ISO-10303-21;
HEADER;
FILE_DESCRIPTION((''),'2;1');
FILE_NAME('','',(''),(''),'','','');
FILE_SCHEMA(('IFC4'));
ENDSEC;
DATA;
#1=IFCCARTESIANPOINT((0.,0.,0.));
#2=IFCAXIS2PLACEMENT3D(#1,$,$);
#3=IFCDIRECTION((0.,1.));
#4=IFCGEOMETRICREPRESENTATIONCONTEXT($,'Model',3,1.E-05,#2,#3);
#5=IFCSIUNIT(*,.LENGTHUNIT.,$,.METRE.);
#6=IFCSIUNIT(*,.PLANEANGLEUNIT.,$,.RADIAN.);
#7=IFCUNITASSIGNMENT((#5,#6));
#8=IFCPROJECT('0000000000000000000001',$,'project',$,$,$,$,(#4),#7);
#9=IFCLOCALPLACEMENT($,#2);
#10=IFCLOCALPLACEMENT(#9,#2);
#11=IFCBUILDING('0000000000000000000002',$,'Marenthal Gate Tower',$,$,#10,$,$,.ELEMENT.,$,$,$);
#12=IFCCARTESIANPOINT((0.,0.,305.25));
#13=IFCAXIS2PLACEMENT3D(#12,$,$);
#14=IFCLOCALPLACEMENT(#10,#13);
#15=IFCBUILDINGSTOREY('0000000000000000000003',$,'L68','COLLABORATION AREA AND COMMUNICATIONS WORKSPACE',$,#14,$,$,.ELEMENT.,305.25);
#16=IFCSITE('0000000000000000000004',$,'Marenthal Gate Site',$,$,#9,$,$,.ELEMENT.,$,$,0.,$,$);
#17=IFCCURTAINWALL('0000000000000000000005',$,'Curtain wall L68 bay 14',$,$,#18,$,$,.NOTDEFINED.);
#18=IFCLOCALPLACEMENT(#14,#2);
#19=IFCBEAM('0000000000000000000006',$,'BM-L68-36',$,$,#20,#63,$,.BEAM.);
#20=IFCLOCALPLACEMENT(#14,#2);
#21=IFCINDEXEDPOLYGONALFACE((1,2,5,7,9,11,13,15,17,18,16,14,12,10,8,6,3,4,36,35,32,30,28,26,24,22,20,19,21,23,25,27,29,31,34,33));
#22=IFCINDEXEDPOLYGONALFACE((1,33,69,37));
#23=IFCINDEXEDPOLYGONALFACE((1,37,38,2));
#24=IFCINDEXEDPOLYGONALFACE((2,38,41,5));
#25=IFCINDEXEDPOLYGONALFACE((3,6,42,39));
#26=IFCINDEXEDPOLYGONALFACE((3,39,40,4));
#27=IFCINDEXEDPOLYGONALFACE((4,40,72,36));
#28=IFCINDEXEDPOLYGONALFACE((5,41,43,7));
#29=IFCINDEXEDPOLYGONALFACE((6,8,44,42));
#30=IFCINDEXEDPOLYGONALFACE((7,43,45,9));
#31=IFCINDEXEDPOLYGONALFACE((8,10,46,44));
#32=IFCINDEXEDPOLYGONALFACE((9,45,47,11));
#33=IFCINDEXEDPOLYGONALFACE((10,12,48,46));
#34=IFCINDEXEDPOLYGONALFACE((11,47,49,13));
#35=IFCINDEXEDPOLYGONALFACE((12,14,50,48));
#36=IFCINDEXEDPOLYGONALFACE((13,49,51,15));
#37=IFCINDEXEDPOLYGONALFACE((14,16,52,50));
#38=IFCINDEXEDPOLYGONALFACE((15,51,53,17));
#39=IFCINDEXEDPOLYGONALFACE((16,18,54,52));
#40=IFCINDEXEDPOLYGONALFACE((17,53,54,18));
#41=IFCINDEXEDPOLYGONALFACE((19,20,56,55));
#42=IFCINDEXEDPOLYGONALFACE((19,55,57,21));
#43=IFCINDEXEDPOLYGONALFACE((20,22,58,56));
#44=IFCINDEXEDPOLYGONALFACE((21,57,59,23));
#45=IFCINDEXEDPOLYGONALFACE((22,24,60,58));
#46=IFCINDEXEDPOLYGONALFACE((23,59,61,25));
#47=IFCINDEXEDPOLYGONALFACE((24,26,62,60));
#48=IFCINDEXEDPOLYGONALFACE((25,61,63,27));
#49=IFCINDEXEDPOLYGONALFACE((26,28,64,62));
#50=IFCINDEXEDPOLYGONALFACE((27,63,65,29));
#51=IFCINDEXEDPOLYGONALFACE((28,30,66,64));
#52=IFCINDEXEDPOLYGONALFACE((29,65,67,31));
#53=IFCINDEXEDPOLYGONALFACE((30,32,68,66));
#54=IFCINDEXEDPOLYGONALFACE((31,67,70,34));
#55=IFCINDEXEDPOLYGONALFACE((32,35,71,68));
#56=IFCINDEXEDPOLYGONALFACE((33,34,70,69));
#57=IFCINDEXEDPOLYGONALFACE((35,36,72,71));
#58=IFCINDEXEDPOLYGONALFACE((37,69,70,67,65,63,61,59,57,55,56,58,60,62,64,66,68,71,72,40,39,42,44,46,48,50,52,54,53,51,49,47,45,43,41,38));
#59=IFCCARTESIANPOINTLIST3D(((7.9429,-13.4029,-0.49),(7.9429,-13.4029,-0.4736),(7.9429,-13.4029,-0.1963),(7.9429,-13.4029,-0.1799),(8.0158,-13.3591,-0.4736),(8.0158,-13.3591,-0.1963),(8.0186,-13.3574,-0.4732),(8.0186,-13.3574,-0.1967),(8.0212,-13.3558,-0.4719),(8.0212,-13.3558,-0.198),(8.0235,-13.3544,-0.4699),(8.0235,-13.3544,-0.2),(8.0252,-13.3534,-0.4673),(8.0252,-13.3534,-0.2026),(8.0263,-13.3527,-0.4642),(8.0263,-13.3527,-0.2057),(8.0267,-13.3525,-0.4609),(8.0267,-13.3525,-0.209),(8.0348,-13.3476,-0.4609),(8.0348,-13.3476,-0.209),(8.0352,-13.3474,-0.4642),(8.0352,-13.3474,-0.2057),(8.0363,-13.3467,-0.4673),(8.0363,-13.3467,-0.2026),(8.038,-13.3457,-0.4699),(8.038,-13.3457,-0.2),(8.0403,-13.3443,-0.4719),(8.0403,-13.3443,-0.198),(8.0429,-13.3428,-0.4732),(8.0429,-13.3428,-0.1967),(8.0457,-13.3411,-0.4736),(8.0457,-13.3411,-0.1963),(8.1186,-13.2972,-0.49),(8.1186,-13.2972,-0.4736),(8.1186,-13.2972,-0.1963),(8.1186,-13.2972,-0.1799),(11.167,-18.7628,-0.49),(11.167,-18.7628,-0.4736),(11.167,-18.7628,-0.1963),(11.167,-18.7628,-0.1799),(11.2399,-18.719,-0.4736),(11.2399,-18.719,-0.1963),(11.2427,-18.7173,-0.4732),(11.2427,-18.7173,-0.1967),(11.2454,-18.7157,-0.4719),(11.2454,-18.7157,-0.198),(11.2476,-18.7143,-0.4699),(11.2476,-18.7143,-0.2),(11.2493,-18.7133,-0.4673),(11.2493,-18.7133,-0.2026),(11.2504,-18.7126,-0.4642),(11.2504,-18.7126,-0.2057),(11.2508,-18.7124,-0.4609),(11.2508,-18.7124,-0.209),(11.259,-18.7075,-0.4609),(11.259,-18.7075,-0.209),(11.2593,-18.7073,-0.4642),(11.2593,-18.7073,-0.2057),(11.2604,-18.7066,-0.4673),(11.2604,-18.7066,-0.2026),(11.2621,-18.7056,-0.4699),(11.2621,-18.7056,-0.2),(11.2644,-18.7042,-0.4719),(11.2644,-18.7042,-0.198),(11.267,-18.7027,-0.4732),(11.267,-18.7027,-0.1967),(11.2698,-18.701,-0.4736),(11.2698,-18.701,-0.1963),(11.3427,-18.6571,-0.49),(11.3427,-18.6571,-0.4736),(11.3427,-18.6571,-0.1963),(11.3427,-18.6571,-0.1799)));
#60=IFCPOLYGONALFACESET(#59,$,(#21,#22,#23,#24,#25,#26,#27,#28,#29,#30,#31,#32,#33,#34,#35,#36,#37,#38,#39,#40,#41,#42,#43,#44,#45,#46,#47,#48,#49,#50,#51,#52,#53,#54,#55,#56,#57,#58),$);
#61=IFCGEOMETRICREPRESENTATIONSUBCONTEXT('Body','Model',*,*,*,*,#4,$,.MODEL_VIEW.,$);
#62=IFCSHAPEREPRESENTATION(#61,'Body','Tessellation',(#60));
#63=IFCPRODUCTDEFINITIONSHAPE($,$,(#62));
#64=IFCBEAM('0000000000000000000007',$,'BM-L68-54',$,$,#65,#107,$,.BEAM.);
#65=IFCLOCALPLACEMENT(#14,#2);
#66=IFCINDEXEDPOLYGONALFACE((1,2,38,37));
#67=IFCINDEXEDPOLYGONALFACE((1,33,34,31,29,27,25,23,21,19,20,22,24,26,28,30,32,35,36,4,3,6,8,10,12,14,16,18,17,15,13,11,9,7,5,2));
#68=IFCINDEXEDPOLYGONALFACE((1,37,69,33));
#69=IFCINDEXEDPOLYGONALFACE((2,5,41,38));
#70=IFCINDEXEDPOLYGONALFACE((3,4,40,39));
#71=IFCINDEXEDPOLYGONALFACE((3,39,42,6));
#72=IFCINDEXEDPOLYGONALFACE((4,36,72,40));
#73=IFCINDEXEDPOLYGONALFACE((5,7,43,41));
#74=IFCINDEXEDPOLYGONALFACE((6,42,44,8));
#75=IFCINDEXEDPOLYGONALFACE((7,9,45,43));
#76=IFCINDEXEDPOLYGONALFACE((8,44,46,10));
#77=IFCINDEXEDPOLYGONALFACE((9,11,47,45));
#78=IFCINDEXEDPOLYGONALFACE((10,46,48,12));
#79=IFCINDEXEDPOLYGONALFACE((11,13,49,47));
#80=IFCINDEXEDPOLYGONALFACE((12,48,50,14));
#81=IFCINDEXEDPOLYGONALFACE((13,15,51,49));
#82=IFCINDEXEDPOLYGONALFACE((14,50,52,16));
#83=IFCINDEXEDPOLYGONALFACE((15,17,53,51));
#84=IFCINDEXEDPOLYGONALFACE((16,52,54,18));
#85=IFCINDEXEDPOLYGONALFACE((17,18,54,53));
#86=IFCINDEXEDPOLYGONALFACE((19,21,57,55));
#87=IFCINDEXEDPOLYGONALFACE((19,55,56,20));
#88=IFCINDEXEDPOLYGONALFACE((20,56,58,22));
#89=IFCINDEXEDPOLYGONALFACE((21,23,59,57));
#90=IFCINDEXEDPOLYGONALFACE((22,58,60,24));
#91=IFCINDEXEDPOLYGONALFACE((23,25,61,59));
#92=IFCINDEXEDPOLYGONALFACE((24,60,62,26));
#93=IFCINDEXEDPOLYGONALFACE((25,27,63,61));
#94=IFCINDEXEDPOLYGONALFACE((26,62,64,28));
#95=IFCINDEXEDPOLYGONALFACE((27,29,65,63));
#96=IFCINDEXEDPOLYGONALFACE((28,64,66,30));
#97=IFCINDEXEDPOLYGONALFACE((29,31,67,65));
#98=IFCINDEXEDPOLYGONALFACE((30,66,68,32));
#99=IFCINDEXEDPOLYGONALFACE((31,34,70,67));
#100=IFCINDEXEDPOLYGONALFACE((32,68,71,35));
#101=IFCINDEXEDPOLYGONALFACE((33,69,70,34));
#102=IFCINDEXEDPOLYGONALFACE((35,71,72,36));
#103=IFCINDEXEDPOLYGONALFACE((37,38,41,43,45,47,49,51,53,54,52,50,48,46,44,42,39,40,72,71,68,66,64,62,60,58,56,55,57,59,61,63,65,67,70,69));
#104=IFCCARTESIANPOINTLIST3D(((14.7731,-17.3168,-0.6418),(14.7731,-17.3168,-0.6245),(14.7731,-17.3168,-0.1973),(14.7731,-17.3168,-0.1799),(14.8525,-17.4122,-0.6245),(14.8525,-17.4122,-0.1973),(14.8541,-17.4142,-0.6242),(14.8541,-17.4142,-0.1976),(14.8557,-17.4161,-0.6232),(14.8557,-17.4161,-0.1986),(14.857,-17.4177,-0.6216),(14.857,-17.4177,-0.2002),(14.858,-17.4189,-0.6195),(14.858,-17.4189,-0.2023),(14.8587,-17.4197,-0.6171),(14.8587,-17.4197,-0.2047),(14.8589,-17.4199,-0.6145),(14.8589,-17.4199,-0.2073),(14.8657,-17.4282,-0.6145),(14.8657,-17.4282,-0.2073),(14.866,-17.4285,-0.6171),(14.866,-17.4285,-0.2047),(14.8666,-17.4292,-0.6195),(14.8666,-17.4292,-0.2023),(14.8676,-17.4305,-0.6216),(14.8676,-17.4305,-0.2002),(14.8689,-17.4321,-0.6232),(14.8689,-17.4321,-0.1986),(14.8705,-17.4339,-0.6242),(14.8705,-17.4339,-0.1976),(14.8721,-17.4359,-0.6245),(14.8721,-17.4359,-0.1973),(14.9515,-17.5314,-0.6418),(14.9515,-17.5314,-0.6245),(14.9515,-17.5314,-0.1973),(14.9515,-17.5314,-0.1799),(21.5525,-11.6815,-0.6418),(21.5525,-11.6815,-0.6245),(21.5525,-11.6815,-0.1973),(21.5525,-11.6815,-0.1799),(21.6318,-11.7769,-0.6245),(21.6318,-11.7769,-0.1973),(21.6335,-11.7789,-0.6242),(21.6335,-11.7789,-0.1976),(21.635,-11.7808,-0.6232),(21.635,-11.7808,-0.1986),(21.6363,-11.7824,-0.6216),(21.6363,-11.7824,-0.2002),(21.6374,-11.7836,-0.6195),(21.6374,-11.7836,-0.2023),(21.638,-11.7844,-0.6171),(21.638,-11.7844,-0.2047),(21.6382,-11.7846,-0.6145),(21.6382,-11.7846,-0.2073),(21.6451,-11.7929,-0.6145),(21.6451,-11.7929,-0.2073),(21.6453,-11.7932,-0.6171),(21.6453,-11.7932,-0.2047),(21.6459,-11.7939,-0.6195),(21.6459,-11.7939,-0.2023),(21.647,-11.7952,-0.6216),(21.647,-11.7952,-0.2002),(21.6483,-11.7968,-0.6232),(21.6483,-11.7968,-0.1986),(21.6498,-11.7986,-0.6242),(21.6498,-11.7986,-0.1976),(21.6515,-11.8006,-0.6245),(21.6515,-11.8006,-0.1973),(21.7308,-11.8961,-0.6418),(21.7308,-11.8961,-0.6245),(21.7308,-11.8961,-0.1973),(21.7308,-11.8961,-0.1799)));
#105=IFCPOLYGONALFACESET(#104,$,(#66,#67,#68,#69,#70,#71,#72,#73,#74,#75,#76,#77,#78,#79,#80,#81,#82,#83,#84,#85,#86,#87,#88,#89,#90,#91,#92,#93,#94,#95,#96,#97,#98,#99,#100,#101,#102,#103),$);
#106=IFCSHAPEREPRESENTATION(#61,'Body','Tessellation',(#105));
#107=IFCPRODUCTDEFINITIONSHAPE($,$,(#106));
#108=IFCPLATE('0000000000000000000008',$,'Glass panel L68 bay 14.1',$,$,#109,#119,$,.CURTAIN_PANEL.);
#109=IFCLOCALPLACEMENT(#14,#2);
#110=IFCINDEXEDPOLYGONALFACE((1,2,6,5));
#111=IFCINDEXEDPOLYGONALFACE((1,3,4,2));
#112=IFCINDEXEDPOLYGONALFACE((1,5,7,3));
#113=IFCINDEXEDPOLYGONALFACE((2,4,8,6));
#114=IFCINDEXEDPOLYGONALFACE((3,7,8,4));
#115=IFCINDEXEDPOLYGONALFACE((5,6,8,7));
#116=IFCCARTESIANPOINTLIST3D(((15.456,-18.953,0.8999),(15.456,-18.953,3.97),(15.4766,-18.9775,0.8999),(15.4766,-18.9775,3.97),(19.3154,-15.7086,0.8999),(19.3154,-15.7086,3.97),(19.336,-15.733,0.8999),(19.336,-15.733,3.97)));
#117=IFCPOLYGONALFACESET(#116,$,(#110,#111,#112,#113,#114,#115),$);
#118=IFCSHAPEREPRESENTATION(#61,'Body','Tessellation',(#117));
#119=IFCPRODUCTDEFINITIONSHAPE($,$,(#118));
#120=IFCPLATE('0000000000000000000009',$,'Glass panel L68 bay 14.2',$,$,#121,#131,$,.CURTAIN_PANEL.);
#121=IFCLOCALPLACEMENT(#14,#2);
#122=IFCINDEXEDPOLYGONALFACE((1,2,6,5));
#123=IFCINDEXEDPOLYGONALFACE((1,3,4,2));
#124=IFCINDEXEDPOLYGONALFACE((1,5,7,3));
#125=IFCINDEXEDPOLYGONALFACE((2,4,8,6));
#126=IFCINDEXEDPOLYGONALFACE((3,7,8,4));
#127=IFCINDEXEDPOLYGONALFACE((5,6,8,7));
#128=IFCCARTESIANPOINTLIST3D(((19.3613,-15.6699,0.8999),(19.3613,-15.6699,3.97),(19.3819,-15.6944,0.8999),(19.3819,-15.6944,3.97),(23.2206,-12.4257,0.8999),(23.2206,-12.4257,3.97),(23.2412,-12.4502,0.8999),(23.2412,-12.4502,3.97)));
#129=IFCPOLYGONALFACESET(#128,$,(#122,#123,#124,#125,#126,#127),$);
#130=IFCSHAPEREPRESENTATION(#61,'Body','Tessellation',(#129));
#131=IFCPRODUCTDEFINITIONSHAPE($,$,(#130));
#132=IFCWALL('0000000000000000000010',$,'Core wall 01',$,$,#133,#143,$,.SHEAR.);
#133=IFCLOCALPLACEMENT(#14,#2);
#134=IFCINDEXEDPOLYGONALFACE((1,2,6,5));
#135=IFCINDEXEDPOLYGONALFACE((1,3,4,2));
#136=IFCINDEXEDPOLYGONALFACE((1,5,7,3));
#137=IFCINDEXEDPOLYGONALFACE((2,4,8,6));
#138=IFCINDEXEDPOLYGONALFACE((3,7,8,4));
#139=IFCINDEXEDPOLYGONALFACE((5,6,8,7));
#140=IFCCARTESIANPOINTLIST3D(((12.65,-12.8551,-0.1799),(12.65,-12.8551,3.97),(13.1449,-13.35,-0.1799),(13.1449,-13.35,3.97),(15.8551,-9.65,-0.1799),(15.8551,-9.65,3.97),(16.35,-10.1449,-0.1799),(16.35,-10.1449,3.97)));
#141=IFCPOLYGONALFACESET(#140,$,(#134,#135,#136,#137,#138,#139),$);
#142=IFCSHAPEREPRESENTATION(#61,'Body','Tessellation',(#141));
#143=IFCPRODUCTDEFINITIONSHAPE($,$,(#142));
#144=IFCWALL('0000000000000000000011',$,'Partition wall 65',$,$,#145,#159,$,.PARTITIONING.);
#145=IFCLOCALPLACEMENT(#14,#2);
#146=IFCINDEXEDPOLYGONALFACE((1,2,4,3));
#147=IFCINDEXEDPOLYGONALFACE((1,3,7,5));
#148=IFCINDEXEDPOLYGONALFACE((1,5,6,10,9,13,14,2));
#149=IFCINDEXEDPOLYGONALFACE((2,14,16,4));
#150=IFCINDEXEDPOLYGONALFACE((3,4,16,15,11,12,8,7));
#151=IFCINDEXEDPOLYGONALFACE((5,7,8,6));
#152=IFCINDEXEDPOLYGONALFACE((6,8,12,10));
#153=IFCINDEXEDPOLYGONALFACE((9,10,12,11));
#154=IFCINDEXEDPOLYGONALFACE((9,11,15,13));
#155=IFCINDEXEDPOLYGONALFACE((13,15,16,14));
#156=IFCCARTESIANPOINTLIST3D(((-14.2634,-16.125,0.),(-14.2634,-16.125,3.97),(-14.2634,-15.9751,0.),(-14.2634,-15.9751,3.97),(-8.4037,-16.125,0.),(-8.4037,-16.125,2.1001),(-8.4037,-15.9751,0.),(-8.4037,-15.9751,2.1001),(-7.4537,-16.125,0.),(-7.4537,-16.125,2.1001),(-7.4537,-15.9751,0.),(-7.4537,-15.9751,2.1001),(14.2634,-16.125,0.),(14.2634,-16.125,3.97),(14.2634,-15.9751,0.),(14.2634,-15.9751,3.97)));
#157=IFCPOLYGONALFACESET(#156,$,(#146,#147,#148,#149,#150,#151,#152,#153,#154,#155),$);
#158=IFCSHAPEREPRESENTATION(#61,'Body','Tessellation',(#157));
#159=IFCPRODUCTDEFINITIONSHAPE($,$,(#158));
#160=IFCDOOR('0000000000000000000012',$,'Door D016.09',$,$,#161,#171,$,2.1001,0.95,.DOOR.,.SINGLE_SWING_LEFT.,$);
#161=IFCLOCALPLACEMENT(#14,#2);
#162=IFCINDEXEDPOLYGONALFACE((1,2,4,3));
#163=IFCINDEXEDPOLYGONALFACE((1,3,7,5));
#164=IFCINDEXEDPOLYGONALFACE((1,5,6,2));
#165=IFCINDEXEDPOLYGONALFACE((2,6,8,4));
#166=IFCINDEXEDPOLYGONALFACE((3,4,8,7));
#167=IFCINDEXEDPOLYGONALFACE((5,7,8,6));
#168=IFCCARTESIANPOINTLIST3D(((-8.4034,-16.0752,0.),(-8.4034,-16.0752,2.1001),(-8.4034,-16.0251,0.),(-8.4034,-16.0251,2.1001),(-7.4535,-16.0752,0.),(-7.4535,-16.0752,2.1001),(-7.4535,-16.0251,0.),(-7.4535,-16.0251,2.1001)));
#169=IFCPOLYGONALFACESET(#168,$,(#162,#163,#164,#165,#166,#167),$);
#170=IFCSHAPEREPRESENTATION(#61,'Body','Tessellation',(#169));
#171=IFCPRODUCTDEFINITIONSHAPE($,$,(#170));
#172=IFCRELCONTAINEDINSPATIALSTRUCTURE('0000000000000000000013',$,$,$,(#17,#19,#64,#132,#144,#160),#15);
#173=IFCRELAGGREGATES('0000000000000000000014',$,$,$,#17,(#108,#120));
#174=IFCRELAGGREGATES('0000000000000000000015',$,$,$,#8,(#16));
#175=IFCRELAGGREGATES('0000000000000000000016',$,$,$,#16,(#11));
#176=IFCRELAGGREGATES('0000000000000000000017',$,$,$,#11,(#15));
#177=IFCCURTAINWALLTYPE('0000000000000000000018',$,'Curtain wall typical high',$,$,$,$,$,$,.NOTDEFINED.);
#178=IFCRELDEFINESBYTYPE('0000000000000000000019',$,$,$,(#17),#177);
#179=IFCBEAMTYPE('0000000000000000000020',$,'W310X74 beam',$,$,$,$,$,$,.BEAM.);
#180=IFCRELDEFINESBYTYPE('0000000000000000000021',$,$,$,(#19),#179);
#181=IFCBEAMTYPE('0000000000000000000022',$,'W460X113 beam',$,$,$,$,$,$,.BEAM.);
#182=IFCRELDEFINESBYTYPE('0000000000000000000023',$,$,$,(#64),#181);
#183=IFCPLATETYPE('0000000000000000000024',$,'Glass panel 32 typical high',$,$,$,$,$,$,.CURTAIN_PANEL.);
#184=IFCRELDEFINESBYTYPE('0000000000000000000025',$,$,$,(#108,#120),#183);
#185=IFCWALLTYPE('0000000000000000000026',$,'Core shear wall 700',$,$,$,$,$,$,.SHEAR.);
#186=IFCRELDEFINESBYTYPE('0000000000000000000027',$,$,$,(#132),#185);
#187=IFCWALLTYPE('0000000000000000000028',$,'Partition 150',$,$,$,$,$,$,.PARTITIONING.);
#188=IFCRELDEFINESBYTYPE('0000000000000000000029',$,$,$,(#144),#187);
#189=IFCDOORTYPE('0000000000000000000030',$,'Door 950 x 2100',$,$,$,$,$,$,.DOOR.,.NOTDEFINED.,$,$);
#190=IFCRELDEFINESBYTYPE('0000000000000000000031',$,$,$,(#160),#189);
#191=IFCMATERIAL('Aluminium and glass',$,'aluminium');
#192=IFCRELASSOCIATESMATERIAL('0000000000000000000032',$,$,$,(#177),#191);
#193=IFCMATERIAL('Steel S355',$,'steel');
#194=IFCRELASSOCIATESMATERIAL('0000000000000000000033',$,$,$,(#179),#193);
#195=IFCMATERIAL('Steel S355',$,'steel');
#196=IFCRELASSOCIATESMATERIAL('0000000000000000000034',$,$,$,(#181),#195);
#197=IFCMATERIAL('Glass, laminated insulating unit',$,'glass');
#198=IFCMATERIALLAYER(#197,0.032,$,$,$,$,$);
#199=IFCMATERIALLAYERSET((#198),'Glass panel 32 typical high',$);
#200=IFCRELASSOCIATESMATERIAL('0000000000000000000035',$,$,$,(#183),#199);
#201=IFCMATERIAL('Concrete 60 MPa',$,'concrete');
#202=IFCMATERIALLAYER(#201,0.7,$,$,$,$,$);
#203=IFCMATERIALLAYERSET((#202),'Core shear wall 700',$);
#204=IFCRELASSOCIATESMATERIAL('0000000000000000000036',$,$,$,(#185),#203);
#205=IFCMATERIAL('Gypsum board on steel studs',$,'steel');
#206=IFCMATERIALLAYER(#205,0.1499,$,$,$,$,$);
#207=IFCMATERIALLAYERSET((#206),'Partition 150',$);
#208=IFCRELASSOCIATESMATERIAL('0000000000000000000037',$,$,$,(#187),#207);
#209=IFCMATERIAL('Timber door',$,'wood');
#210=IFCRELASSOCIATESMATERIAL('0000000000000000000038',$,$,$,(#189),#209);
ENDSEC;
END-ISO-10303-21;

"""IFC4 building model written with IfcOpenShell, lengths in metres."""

from ifc_helpers import new_model, si_unit, direction, frame, frame_2d, origin, origin_2d, place, context, subcontext, project, spatial, rectangle, i_section, extrude, material, layer, layer_set, material_profile, profile_set, type_object, element, fill, aggregate, save


model = new_model("IFC4")

# Units and contexts
model_context = context("Model", 3, precision=1e-05, world=origin(), true_north=direction((0.0, 1.0)))
body_context = subcontext(model_context, "Body", "Model", "MODEL_VIEW")
ifc_project = project(units=[si_unit("LENGTHUNIT", "METRE"), si_unit("PLANEANGLEUNIT", "RADIAN")], contexts=[model_context])

# Site, building, storey
site_placement = place(None, origin())
site = spatial("IfcSite", under=ifc_project, at=site_placement, Name="Marenthal Gate Site", CompositionType="ELEMENT", RefElevation=0.0)
building_placement = place(site_placement, origin())
building = spatial("IfcBuilding", under=site, at=building_placement, Name="Marenthal Gate Tower", CompositionType="ELEMENT")
storey_placement = place(building_placement, frame((0.0, 0.0, 305.25)))
storey = spatial("IfcBuildingStorey", under=building, at=storey_placement, Name="L68", Description="COLLABORATION AREA AND COMMUNICATIONS WORKSPACE", CompositionType="ELEMENT", Elevation=305.25)

# Curtain wall
ifc_material_1 = material(Name="Aluminium and glass", Category="aluminium")
curtain_wall_type = type_object("IfcCurtainWallType", Name="Curtain wall typical high", PredefinedType="NOTDEFINED", material=ifc_material_1)
curtain_wall_placement = place(storey_placement, origin())
curtain_wall = element("IfcCurtainWall", 1, at=curtain_wall_placement, inside=storey, type_object=curtain_wall_type, Name="Curtain wall L68 bay 14", PredefinedType="NOTDEFINED")

# Beams
ifc_material_2 = material(Name="Steel S355", Category="steel")
ifc_material_profile_1 = material_profile(ifc_material_2, i_section(OverallWidth=0.2051, OverallDepth=0.3101, WebThickness=0.0095, FlangeThickness=0.0164, FilletRadius=0.0127, at=origin_2d()), Name="W310X74")
ifc_profile_set_1 = profile_set([ifc_material_profile_1], Name="Steel S355")
beam_type_1 = type_object("IfcBeamType", Name="W310X74 beam", PredefinedType="BEAM", material=ifc_profile_set_1)
beam_1_placement = place(storey_placement, frame((11.2549, -18.71, -0.335), z_axis=(-0.51546, 0.856914, 0.0), x_axis=(-0.856914, -0.51546, 0.0)))
element("IfcBeam", 2, at=beam_1_placement, inside=storey, type_object=beam_type_1, Name="BM-L68-36", PredefinedType="BEAM", context=body_context, shape_type="SweptSolid", body=[
    extrude(i_section(OverallWidth=0.2051, OverallDepth=0.3101, WebThickness=0.0095, FlangeThickness=0.0164, FilletRadius=0.0127, at=origin_2d()), origin(), (0.0, 0.0, 1.0), 6.2549),
])
ifc_material_3 = material(Name="Steel S355", Category="steel")
ifc_material_profile_2 = material_profile(ifc_material_3, i_section(OverallWidth=0.2791, OverallDepth=0.4619, WebThickness=0.0107, FlangeThickness=0.0173, FilletRadius=0.01, at=origin_2d()), Name="W460X113")
ifc_profile_set_2 = profile_set([ifc_material_profile_2], Name="Steel S355")
beam_type_2 = type_object("IfcBeamType", Name="W460X113 beam", PredefinedType="BEAM", material=ifc_profile_set_2)
beam_2_placement = place(storey_placement, frame((14.8623, -17.4241, -0.4109), z_axis=(0.769011, 0.639236, 0.0), x_axis=(-0.639236, 0.769011, 0.0)))
element("IfcBeam", 3, at=beam_2_placement, inside=storey, type_object=beam_type_2, Name="BM-L68-54", PredefinedType="BEAM", context=body_context, shape_type="SweptSolid", body=[
    extrude(i_section(OverallWidth=0.2791, OverallDepth=0.4619, WebThickness=0.0107, FlangeThickness=0.0173, FilletRadius=0.01, at=origin_2d()), origin(), (0.0, 0.0, 1.0), 8.8157),
])

# Plates
ifc_material_4 = material(Name="Glass, laminated insulating unit", Category="glass")
ifc_layer_1 = layer(ifc_material_4, 0.032)
ifc_layer_set_1 = layer_set([ifc_layer_1], Name="Glass panel 32 typical high")
plate_type = type_object("IfcPlateType", Name="Glass panel 32 typical high", PredefinedType="CURTAIN_PANEL", material=ifc_layer_set_1)
plate_1_placement = place(storey_placement, frame((17.396, -17.343, 0.8999), z_axis=(0.0, 0.0, 1.0), x_axis=(0.765463, 0.64348, 0.0)))
plate_1 = element("IfcPlate", 4, at=plate_1_placement, type_object=plate_type, Name="Glass panel L68 bay 14.1", PredefinedType="CURTAIN_PANEL", context=body_context, shape_type="SweptSolid", body=[
    extrude(rectangle(XDim=5.042, YDim=0.032, at=origin_2d()), origin(), (0.0, 0.0, 1.0), 3.0701),
])
plate_2_placement = place(storey_placement, frame((21.3013, -14.0601, 0.8999), z_axis=(0.0, 0.0, 1.0), x_axis=(0.765463, 0.64348, 0.0)))
plate_2 = element("IfcPlate", 5, at=plate_2_placement, type_object=plate_type, Name="Glass panel L68 bay 14.2", PredefinedType="CURTAIN_PANEL", context=body_context, shape_type="SweptSolid", body=[
    extrude(rectangle(XDim=5.0417, YDim=0.032, at=origin_2d()), origin(), (0.0, 0.0, 1.0), 3.0701),
])
aggregate(curtain_wall, [plate_1, plate_2])

# Wall
ifc_material_5 = material(Name="Concrete 60 MPa", Category="concrete")
ifc_layer_2 = layer(ifc_material_5, 0.7)
ifc_layer_set_2 = layer_set([ifc_layer_2], Name="Core shear wall 700")
wall_type_1 = type_object("IfcWallType", Name="Core shear wall 700", PredefinedType="SHEAR", material=ifc_layer_set_2)
wall_1_placement = place(storey_placement, frame((12.8975, -13.1025, -0.1799), z_axis=(0.0, 0.0, 1.0), x_axis=(0.707107, 0.707107, 0.0)))
element("IfcWall", 6, at=wall_1_placement, inside=storey, type_object=wall_type_1, Name="Core wall 01", PredefinedType="SHEAR", context=body_context, shape_type="SweptSolid", body=[
    extrude(rectangle(XDim=4.5327, YDim=0.7, at=frame_2d((2.2664, 0.0))), origin(), (0.0, 0.0, 1.0), 4.1499),
])

# Wall, opening, door
ifc_material_6 = material(Name="Gypsum board on steel studs", Category="steel")
ifc_layer_3 = layer(ifc_material_6, 0.1499)
ifc_layer_set_3 = layer_set([ifc_layer_3], Name="Partition 150")
wall_type_2 = type_object("IfcWallType", Name="Partition 150", PredefinedType="PARTITIONING", material=ifc_layer_set_3)
wall_2_placement = place(storey_placement, frame((14.2634, -16.05, 0.0), z_axis=(0.0, 0.0, 1.0), x_axis=(-1.0, 0.0, 0.0)))
wall_2 = element("IfcWall", 7, at=wall_2_placement, inside=storey, type_object=wall_type_2, Name="Partition wall 65", PredefinedType="PARTITIONING", context=body_context, shape_type="SweptSolid", body=[
    extrude(rectangle(XDim=28.5269, YDim=0.1499, at=frame_2d((14.2634, 0.0))), origin(), (0.0, 0.0, 1.0), 3.97),
])
opening_1_placement = place(wall_2_placement, frame((21.717, 0.0, 0.0)))
opening_1 = element("IfcOpeningElement", 8, at=opening_1_placement, cuts=wall_2, PredefinedType="OPENING", context=body_context, shape_type="SweptSolid", body=[
    extrude(rectangle(XDim=0.95, YDim=2.1001, at=frame_2d((0.4751, 1.05))), frame((0.0, 0.085, 0.0), z_axis=(0.0, -1.0, 0.0), x_axis=(1.0, 0.0, 0.0)), (0.0, 0.0, 1.0), 0.1699),
])
ifc_material_7 = material(Name="Timber door", Category="wood")
door_type_1 = type_object("IfcDoorType", Name="Door 950 x 2100", OperationType="NOTDEFINED", PredefinedType="DOOR", material=ifc_material_7)
door_1_placement = place(opening_1_placement, frame((0.95, 0.0, 0.0), z_axis=(0.0, 0.0, 1.0), x_axis=(-1.0, 0.0, 0.0)))
door_1 = element("IfcDoor", 9, at=door_1_placement, inside=storey, type_object=door_type_1, Name="Door D016.09", OperationType="SINGLE_SWING_LEFT", OverallHeight=2.1001, OverallWidth=0.95, PredefinedType="DOOR", context=body_context, shape_type="SweptSolid", body=[
    extrude(rectangle(XDim=0.95, YDim=2.1001, at=frame_2d((0.4751, 1.05))), frame((0.0, 0.0249, 0.0), z_axis=(0.0, -1.0, 0.0), x_axis=(1.0, 0.0, 0.0)), (0.0, 0.0, 1.0), 0.05),
])
fill(opening_1, door_1)

save(model, "model.ifc")
